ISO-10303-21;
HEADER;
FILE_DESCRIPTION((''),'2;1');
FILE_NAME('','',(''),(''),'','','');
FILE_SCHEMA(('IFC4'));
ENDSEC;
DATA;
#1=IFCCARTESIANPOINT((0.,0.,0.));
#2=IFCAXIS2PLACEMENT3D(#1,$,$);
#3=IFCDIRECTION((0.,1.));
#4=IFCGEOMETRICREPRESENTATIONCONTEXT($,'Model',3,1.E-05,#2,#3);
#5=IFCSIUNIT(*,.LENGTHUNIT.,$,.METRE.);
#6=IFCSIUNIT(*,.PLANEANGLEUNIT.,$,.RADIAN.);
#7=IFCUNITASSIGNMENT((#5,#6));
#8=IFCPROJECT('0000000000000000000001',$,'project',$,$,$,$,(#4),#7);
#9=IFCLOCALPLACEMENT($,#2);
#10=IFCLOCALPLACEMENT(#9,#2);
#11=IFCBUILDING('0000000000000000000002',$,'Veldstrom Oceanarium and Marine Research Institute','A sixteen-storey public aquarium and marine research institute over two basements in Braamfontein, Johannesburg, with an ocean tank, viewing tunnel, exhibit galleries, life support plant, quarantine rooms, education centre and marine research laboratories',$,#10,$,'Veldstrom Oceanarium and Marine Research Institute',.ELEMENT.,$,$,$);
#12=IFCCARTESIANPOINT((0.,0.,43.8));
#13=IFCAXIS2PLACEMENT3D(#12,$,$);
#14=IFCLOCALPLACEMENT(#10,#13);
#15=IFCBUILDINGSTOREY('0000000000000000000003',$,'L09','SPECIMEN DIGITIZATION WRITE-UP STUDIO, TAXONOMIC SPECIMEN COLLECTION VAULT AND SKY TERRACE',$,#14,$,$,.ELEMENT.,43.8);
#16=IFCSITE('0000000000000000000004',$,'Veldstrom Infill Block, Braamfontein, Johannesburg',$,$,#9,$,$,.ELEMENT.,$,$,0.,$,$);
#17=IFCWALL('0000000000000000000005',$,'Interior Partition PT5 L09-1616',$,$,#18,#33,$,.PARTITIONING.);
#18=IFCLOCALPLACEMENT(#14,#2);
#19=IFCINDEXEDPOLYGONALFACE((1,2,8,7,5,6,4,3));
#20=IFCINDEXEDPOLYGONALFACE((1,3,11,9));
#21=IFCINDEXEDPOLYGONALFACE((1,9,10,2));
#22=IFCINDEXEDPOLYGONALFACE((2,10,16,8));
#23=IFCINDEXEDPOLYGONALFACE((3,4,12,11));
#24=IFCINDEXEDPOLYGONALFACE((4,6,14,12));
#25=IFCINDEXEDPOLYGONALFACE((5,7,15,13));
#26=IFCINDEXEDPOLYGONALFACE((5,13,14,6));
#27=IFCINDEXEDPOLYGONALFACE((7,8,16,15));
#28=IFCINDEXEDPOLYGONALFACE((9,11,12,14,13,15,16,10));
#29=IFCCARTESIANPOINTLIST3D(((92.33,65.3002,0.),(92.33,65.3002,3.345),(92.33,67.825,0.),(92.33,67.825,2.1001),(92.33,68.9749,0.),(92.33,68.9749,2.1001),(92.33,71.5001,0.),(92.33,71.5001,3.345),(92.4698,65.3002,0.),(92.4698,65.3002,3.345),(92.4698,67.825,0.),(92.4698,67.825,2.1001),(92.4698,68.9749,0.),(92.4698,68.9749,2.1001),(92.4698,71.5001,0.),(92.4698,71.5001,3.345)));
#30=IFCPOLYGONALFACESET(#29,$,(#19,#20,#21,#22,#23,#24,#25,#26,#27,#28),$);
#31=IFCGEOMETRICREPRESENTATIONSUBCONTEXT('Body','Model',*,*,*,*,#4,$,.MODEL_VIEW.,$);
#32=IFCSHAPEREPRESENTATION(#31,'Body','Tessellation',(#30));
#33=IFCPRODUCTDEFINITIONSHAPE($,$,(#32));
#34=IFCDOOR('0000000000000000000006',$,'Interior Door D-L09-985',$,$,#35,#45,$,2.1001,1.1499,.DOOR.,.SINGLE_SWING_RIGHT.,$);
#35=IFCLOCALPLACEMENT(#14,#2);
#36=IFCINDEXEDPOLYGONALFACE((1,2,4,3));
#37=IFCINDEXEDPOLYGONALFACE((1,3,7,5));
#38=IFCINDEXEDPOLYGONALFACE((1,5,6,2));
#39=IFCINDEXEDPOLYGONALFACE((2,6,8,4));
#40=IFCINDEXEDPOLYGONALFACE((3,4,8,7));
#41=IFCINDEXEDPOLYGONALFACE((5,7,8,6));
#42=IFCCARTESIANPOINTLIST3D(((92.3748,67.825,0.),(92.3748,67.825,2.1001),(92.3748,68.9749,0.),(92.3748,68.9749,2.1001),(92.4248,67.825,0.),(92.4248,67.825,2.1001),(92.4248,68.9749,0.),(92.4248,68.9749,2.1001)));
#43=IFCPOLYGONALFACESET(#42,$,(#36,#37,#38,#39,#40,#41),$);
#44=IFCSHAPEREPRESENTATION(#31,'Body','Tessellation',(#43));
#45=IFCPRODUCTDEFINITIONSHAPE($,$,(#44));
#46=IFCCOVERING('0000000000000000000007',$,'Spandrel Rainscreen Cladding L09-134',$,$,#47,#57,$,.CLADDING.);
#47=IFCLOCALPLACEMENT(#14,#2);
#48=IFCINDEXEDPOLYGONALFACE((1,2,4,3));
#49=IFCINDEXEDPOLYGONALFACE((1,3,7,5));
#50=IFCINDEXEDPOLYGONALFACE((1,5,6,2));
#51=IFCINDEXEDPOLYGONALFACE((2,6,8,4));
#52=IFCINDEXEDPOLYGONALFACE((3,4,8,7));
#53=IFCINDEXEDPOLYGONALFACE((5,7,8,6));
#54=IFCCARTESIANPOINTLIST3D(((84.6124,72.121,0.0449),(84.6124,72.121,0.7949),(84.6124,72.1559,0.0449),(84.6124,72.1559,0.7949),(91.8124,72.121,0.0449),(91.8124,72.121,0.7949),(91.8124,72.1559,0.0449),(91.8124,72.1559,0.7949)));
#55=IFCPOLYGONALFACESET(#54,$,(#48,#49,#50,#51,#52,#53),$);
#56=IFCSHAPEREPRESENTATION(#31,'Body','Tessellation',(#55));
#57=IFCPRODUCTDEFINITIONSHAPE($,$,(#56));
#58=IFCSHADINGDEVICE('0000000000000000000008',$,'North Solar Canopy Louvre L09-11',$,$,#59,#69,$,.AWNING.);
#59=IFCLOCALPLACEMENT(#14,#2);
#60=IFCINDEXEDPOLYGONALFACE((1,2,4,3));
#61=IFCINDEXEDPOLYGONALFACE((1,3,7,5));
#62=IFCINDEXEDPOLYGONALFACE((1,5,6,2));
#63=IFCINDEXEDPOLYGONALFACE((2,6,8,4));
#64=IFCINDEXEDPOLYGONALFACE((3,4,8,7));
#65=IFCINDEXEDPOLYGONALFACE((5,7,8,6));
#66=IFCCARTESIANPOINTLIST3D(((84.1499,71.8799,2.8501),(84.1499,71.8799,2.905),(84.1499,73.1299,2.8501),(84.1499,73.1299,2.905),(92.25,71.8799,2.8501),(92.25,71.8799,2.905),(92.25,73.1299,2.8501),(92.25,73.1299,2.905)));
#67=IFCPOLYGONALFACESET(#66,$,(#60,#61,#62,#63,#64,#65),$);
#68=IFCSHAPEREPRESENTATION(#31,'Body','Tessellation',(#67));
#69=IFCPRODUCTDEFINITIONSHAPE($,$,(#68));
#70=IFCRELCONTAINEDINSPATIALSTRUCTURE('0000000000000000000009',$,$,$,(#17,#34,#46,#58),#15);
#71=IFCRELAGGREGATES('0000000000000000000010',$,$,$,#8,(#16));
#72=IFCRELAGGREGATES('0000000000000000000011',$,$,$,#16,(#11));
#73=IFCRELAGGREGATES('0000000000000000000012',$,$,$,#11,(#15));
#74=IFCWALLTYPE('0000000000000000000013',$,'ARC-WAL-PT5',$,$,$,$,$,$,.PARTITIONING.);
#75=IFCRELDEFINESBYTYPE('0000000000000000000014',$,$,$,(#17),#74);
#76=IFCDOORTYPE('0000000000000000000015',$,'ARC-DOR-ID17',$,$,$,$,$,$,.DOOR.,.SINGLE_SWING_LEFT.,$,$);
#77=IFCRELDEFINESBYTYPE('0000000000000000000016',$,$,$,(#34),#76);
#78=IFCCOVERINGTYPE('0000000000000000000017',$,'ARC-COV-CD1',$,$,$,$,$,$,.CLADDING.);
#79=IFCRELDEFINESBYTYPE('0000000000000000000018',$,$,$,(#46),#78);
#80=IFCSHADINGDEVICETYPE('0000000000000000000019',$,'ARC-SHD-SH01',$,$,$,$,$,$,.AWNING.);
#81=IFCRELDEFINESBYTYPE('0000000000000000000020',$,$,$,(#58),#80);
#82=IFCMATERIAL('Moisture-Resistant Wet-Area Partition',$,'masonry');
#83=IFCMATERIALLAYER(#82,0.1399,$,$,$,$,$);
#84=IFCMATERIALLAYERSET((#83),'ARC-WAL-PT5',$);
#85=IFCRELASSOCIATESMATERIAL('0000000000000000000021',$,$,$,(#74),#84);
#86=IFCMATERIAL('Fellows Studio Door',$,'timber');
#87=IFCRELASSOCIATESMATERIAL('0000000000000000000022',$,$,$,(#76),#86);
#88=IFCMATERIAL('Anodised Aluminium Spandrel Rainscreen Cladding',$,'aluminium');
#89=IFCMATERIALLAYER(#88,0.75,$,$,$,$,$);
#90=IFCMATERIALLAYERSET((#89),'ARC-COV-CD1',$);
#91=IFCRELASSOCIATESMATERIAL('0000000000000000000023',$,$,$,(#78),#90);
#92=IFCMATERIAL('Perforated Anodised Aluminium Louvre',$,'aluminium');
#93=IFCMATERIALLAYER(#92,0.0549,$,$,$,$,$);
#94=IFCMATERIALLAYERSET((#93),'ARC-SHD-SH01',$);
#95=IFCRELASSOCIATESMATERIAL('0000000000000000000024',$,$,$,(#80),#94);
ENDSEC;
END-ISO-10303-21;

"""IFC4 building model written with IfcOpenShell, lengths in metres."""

from ifc_helpers import new_model, si_unit, direction, frame, frame_2d, origin, origin_2d, place, context, subcontext, project, spatial, rectangle, extrude, material, layer, layer_set, type_object, element, fill, save


model = new_model("IFC4")

# Units and contexts
model_context = context("Model", 3, precision=1e-05, world=origin(), true_north=direction((0.0, 1.0)))
body_context = subcontext(model_context, "Body", "Model", "MODEL_VIEW")
ifc_project = project(units=[si_unit("LENGTHUNIT", "METRE"), si_unit("PLANEANGLEUNIT", "RADIAN")], contexts=[model_context])

# Site, building, storey
site_placement = place(None, origin())
site = spatial("IfcSite", under=ifc_project, at=site_placement, Name="Veldstrom Infill Block, Braamfontein, Johannesburg", CompositionType="ELEMENT", RefElevation=0.0)
building_placement = place(site_placement, origin())
building = spatial("IfcBuilding", under=site, at=building_placement, Name="Veldstrom Oceanarium and Marine Research Institute", Description="A sixteen-storey public aquarium and marine research institute over two basements in Braamfontein, Johannesburg, with an ocean tank, viewing tunnel, exhibit galleries, life support plant, quarantine rooms, education centre and marine research laboratories", LongName="Veldstrom Oceanarium and Marine Research Institute", CompositionType="ELEMENT")
storey_placement = place(building_placement, frame((0.0, 0.0, 43.8)))
storey = spatial("IfcBuildingStorey", under=building, at=storey_placement, Name="L09", Description="SPECIMEN DIGITIZATION WRITE-UP STUDIO, TAXONOMIC SPECIMEN COLLECTION VAULT AND SKY TERRACE", CompositionType="ELEMENT", Elevation=43.8)

# Wall, opening, door
ifc_material_1 = material(Name="Moisture-Resistant Wet-Area Partition", Category="masonry")
ifc_layer_1 = layer(ifc_material_1, 0.1399)
ifc_layer_set_1 = layer_set([ifc_layer_1], Name="ARC-WAL-PT5")
wall_type_1 = type_object("IfcWallType", Name="ARC-WAL-PT5", PredefinedType="PARTITIONING", material=ifc_layer_set_1)
wall_1_placement = place(storey_placement, frame((92.3999, 65.3, 0.0), z_axis=(0.0, 0.0, 1.0), x_axis=(0.0, 1.0, 0.0)))
wall_1 = element("IfcWall", 1, at=wall_1_placement, inside=storey, type_object=wall_type_1, Name="Interior Partition PT5 L09-1616", PredefinedType="PARTITIONING", context=body_context, shape_type="SweptSolid", body=[
    extrude(rectangle(XDim=6.2, YDim=0.1399, at=frame_2d((3.1001, 0.0))), origin(), (0.0, 0.0, 1.0), 3.345),
])
opening_1_placement = place(wall_1_placement, frame((2.5249, 0.0, 0.0)))
opening_1 = element("IfcOpeningElement", 2, at=opening_1_placement, cuts=wall_1, PredefinedType="OPENING", context=body_context, shape_type="SweptSolid", body=[
    extrude(rectangle(XDim=1.1499, YDim=2.1001, at=frame_2d((0.575, 1.05))), frame((0.0, 0.0798, 0.0), z_axis=(0.0, -1.0, 0.0), x_axis=(1.0, 0.0, 0.0)), (0.0, 0.0, 1.0), 0.1599),
])
ifc_material_2 = material(Name="Fellows Studio Door", Category="timber")
door_type = type_object("IfcDoorType", Name="ARC-DOR-ID17", OperationType="SINGLE_SWING_LEFT", PredefinedType="DOOR", material=ifc_material_2)
door_placement = place(opening_1_placement, frame((1.1499, 0.0, 0.0), z_axis=(0.0, 0.0, 1.0), x_axis=(-1.0, 0.0, 0.0)))
door = element("IfcDoor", 3, at=door_placement, inside=storey, type_object=door_type, Name="Interior Door D-L09-985", OperationType="SINGLE_SWING_RIGHT", OverallHeight=2.1001, OverallWidth=1.1499, PredefinedType="DOOR", context=body_context, shape_type="SweptSolid", body=[
    extrude(rectangle(XDim=1.1499, YDim=2.1001, at=frame_2d((0.575, 1.05))), frame((0.0, 0.0249, 0.0), z_axis=(0.0, -1.0, 0.0), x_axis=(1.0, 0.0, 0.0)), (0.0, 0.0, 1.0), 0.05),
])
fill(opening_1, door)

# Covering
ifc_material_3 = material(Name="Anodised Aluminium Spandrel Rainscreen Cladding", Category="aluminium")
ifc_layer_2 = layer(ifc_material_3, 0.75)
ifc_layer_set_2 = layer_set([ifc_layer_2], Name="ARC-COV-CD1")
covering_type = type_object("IfcCoveringType", Name="ARC-COV-CD1", PredefinedType="CLADDING", material=ifc_layer_set_2)
covering_placement = place(storey_placement, frame((88.2124, 72.1384, 0.0449), z_axis=(0.0, 0.0, 1.0), x_axis=(1.0, 0.0, 0.0)))
element("IfcCovering", 4, at=covering_placement, inside=storey, type_object=covering_type, Name="Spandrel Rainscreen Cladding L09-134", PredefinedType="CLADDING", context=body_context, shape_type="SweptSolid", body=[
    extrude(rectangle(XDim=7.2, YDim=0.0349, at=origin_2d()), origin(), (0.0, 0.0, 1.0), 0.75),
])

# Shading device
ifc_material_4 = material(Name="Perforated Anodised Aluminium Louvre", Category="aluminium")
ifc_layer_3 = layer(ifc_material_4, 0.0549)
ifc_layer_set_3 = layer_set([ifc_layer_3], Name="ARC-SHD-SH01")
shading_device_type = type_object("IfcShadingDeviceType", Name="ARC-SHD-SH01", PredefinedType="AWNING", material=ifc_layer_set_3)
shading_device_placement = place(storey_placement, frame((88.2, 72.5049, 2.8501), z_axis=(0.0, 0.0, 1.0), x_axis=(1.0, 0.0, 0.0)))
element("IfcShadingDevice", 5, at=shading_device_placement, inside=storey, type_object=shading_device_type, Name="North Solar Canopy Louvre L09-11", PredefinedType="AWNING", context=body_context, shape_type="SweptSolid", body=[
    extrude(rectangle(XDim=8.1001, YDim=1.25, at=origin_2d()), origin(), (0.0, 0.0, 1.0), 0.0549),
])

save(model, "model.ifc")
